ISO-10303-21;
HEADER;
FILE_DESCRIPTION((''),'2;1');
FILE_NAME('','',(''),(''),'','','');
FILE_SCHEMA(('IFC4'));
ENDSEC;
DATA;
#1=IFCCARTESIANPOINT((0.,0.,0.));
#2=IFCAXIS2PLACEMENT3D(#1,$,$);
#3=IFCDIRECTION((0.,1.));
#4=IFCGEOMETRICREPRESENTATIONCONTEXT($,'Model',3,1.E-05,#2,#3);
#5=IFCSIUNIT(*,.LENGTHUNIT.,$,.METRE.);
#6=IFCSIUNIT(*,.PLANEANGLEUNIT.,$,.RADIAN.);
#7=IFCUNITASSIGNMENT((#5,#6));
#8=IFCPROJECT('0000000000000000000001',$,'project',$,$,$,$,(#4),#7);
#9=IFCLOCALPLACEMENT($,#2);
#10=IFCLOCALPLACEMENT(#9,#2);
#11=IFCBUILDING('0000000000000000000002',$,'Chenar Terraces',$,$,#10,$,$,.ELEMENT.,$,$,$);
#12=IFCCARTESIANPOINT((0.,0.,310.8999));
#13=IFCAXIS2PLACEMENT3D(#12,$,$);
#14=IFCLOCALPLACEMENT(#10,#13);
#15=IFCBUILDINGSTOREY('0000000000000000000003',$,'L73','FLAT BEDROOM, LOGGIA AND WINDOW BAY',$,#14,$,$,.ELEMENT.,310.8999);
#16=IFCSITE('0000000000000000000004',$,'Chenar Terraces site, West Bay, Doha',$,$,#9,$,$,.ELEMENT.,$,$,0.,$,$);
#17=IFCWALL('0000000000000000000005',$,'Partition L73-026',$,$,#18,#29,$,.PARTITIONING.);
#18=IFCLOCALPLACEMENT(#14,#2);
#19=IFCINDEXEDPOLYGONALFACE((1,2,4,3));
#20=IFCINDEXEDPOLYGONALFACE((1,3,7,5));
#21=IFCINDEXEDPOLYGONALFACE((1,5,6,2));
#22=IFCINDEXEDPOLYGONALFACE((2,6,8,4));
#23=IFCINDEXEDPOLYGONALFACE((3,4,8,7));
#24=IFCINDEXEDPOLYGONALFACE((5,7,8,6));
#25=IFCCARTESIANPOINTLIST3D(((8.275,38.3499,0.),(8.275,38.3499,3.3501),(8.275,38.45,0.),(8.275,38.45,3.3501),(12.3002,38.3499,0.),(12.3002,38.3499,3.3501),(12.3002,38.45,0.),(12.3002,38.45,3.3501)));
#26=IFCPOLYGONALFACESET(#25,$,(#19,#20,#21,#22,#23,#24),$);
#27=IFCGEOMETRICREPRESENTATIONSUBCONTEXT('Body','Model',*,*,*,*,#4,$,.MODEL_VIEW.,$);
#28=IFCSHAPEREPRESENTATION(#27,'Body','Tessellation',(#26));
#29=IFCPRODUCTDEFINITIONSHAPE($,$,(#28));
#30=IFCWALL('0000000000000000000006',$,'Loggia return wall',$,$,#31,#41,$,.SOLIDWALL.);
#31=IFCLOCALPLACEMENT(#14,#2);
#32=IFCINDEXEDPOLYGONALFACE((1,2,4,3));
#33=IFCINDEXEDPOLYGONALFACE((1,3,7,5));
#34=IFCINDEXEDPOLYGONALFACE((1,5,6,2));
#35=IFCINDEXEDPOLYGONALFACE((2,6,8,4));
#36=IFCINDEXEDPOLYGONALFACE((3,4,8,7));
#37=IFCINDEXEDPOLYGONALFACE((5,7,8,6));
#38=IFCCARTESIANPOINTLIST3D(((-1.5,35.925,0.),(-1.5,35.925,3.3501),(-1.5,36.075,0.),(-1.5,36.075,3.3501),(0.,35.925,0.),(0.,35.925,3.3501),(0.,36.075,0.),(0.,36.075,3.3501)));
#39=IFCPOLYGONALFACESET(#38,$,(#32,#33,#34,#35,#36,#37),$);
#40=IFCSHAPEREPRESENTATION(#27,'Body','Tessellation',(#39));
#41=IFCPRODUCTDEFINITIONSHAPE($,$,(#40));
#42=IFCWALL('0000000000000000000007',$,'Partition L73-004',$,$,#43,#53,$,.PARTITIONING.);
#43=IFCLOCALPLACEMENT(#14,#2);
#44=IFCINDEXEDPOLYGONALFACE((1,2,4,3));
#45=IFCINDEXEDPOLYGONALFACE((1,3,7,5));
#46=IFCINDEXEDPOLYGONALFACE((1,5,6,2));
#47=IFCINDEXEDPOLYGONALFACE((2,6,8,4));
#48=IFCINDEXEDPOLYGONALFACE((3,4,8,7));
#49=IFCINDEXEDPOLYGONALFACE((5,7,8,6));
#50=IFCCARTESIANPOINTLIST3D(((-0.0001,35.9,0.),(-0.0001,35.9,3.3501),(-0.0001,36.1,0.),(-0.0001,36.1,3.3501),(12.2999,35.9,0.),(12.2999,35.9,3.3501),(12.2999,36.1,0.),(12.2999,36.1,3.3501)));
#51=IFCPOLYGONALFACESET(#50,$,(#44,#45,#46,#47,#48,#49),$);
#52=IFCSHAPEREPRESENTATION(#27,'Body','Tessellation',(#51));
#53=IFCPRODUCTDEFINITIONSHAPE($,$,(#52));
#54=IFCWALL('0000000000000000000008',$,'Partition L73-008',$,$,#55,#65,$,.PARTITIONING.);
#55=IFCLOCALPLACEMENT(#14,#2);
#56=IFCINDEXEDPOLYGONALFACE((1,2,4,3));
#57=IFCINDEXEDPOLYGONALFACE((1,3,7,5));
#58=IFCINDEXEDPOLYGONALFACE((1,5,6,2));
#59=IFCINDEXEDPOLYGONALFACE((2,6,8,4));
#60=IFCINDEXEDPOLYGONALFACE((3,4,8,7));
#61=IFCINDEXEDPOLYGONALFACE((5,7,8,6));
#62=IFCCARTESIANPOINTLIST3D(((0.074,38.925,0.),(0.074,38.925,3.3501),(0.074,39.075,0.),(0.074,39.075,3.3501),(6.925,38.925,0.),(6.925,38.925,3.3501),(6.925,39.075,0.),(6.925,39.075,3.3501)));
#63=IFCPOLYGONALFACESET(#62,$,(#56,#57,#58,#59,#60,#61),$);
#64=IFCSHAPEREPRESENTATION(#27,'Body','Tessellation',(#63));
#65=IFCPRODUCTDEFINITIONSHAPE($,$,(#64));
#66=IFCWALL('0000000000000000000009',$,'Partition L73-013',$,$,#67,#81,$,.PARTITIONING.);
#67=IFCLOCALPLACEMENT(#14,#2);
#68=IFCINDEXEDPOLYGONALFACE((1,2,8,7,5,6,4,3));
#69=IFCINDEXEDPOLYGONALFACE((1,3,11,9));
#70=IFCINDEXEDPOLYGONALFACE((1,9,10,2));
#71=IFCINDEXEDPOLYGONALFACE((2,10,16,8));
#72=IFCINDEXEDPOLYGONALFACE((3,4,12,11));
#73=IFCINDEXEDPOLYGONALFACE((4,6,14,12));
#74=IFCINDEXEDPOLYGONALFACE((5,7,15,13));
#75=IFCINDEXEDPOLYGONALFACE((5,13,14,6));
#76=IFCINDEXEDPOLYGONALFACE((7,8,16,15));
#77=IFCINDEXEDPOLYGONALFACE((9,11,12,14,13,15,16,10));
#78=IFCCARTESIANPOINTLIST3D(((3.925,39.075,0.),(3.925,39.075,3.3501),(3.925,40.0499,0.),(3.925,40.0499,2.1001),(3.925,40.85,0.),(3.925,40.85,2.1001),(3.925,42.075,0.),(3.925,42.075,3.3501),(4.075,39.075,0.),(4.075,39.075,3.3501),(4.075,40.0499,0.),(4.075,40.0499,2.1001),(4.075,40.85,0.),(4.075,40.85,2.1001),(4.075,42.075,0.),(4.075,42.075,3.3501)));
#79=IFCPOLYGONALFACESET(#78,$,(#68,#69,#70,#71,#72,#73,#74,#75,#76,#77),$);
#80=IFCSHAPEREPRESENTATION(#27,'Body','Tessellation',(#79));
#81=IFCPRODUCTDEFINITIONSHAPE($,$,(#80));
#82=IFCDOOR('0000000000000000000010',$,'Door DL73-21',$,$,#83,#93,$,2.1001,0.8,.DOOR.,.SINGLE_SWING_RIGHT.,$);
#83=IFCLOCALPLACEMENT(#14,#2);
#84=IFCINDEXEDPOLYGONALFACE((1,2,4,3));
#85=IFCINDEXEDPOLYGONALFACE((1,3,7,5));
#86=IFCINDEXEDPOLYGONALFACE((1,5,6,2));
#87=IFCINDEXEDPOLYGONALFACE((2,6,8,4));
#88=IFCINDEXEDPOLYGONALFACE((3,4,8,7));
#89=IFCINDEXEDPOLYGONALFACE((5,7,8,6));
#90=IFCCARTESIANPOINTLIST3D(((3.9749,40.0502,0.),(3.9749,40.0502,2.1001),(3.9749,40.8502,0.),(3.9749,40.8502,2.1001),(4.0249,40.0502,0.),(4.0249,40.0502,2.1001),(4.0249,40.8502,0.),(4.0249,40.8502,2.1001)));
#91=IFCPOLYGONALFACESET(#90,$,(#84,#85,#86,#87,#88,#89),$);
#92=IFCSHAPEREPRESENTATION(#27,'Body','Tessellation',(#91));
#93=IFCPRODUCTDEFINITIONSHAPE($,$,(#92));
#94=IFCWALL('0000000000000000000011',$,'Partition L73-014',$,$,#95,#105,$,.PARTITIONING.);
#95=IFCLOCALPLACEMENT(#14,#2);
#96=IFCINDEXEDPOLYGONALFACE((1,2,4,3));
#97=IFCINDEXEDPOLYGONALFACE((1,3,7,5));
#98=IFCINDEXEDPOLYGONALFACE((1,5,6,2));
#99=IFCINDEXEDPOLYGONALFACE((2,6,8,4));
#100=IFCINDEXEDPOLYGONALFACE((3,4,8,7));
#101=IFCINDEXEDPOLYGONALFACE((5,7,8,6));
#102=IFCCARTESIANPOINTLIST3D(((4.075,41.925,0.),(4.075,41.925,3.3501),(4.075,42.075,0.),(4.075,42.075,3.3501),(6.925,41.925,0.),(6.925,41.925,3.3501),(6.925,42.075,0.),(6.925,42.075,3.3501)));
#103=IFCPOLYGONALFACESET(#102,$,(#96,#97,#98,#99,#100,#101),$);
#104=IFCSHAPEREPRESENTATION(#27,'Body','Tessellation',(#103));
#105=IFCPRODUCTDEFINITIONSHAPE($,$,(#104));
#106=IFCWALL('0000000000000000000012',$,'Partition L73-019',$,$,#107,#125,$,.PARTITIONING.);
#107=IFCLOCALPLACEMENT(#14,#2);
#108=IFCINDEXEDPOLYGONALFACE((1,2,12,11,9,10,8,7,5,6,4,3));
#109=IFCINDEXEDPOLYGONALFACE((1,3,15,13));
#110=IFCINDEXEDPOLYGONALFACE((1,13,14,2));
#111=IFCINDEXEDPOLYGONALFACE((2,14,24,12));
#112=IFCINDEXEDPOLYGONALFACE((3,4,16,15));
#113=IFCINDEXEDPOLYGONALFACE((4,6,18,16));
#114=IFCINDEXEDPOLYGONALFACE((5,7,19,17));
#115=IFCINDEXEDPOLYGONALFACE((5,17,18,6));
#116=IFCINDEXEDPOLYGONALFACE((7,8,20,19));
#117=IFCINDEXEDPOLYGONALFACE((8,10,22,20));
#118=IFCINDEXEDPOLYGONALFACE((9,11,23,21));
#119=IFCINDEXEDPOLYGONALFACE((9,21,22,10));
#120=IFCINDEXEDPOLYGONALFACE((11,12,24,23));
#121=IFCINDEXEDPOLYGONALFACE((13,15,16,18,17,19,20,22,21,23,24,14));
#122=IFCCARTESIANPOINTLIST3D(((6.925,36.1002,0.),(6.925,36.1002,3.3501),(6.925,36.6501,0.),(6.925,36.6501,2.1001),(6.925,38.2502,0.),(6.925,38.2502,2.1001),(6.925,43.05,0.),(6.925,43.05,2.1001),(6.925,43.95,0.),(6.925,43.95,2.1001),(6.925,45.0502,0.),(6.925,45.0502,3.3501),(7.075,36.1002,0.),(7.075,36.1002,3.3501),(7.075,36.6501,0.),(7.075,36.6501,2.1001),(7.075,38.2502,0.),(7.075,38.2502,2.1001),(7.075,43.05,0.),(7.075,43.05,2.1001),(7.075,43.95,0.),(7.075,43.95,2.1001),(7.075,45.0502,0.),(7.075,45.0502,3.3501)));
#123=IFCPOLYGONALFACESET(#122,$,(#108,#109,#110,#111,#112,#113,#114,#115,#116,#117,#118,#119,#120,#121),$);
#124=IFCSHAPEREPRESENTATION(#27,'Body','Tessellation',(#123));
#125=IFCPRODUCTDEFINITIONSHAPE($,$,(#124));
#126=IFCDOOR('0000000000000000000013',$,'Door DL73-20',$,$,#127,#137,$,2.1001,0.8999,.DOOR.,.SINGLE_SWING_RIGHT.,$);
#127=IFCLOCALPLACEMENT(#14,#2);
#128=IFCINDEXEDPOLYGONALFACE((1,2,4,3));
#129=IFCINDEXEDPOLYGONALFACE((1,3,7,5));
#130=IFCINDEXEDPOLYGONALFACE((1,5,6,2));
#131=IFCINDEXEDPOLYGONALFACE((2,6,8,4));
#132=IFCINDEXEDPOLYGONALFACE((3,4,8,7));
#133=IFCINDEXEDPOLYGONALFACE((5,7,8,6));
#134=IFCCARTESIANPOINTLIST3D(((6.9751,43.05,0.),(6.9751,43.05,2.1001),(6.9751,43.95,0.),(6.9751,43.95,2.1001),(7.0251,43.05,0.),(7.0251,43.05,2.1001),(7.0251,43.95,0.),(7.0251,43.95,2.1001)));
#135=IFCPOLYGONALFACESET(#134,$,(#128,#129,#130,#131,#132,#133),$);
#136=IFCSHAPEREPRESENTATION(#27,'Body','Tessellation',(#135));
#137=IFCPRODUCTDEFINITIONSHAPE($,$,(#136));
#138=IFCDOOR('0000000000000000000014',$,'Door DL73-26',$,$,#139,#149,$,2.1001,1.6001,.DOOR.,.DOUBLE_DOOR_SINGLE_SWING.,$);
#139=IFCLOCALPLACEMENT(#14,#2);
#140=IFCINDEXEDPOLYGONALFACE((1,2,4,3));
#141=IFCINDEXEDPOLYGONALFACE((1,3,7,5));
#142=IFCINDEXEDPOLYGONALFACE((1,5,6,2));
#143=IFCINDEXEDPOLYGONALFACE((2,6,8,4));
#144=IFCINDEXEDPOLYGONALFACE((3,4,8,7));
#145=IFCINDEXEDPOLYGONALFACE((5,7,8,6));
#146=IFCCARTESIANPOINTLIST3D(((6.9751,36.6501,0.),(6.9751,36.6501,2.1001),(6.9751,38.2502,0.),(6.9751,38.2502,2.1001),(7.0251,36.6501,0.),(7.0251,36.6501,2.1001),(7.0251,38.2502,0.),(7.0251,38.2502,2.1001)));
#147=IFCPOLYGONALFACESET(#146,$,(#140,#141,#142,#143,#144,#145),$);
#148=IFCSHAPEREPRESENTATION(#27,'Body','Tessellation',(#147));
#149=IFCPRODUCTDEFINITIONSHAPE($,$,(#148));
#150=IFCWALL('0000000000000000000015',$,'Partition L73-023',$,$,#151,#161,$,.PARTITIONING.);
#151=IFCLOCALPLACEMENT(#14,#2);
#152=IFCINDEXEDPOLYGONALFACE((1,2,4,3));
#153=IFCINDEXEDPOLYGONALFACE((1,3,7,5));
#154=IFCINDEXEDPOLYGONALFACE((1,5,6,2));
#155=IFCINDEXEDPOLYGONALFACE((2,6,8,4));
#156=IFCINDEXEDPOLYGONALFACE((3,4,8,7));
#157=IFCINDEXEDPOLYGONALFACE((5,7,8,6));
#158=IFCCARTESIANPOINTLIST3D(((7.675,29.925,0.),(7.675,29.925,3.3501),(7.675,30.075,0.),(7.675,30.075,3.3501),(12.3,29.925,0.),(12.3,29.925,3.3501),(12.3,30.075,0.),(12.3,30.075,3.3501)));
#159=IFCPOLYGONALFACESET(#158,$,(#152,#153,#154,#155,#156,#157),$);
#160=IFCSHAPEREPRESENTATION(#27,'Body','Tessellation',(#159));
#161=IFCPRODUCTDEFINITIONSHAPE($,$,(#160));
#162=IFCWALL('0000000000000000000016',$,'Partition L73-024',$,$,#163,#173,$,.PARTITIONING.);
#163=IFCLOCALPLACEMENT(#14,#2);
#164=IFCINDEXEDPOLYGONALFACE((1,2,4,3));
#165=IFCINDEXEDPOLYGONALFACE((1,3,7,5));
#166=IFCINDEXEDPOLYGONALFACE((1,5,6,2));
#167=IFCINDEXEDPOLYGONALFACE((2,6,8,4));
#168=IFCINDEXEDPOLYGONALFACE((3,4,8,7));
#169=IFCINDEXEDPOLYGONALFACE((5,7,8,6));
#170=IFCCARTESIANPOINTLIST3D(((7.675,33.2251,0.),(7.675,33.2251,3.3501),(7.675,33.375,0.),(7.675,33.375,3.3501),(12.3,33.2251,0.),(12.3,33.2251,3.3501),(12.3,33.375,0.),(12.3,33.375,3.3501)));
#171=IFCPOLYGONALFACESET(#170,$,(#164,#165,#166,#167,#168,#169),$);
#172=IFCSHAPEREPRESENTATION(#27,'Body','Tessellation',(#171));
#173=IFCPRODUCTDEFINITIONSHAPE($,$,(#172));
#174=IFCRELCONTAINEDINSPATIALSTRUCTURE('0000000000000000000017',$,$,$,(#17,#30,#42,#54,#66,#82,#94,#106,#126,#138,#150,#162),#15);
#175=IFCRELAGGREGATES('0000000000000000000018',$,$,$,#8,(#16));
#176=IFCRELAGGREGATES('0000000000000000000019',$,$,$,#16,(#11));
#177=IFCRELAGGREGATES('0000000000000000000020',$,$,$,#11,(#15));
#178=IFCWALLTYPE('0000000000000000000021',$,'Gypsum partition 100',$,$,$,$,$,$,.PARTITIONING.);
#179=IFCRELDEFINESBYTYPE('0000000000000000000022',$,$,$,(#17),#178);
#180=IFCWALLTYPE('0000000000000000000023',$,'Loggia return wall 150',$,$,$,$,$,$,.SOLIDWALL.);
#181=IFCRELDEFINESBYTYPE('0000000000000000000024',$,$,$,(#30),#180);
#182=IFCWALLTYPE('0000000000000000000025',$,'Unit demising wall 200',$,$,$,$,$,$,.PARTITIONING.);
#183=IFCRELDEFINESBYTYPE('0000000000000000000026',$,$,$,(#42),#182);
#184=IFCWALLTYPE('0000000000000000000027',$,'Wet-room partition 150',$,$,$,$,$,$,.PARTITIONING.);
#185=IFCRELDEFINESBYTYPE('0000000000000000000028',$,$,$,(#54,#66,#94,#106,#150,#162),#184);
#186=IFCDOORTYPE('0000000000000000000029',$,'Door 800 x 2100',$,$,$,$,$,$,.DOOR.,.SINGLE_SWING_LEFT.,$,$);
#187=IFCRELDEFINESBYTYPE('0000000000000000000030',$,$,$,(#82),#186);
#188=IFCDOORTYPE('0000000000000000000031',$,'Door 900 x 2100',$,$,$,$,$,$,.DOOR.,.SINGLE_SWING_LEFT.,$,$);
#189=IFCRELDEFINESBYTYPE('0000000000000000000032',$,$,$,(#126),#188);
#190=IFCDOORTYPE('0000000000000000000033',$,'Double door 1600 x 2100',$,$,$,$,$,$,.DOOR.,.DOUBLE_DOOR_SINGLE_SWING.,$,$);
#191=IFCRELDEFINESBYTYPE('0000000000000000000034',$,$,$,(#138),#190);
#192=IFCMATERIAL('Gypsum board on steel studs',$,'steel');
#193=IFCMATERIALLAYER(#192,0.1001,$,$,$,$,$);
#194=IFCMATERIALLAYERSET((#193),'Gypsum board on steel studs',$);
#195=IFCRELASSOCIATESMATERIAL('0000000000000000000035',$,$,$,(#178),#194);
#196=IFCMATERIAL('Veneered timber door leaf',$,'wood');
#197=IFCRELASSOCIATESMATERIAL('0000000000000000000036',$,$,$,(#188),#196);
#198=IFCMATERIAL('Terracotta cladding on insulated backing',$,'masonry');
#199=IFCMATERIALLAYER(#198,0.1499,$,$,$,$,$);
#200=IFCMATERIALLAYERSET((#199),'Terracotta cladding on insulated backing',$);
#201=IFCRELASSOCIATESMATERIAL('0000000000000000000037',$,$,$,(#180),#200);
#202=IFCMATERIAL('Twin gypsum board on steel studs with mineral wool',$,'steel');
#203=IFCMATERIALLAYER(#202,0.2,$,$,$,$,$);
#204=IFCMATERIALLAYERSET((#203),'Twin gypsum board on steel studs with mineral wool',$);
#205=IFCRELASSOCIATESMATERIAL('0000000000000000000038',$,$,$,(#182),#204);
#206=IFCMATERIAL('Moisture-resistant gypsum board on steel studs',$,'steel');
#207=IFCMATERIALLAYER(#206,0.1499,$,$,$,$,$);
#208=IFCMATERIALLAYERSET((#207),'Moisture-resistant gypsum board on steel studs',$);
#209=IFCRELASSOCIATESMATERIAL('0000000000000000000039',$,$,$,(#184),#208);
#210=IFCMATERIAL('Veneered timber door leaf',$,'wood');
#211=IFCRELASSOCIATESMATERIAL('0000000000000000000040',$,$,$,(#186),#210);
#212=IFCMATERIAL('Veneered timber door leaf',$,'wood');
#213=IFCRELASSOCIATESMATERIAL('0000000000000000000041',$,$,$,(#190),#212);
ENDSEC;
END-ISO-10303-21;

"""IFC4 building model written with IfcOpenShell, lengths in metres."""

from ifc_helpers import new_model, si_unit, direction, frame, frame_2d, origin, place, context, subcontext, project, spatial, rectangle, extrude, material, layer, layer_set, type_object, element, fill, save


model = new_model("IFC4")

# Units and contexts
model_context = context("Model", 3, precision=1e-05, world=origin(), true_north=direction((0.0, 1.0)))
body_context = subcontext(model_context, "Body", "Model", "MODEL_VIEW")
ifc_project = project(units=[si_unit("LENGTHUNIT", "METRE"), si_unit("PLANEANGLEUNIT", "RADIAN")], contexts=[model_context])

# Site, building, storey
site_placement = place(None, origin())
site = spatial("IfcSite", under=ifc_project, at=site_placement, Name="Chenar Terraces site, West Bay, Doha", CompositionType="ELEMENT", RefElevation=0.0)
building_placement = place(site_placement, origin())
building = spatial("IfcBuilding", under=site, at=building_placement, Name="Chenar Terraces", CompositionType="ELEMENT")
storey_placement = place(building_placement, frame((0.0, 0.0, 310.8999)))
storey = spatial("IfcBuildingStorey", under=building, at=storey_placement, Name="L73", Description="FLAT BEDROOM, LOGGIA AND WINDOW BAY", CompositionType="ELEMENT", Elevation=310.8999)

# Shared definitions
placement = place(storey_placement, frame((0.0, 36.0, 0.0), z_axis=(0.0, 0.0, 1.0), x_axis=(1.0, 0.0, 0.0)))

# Shared definitions
ifc_material_1 = material(Name="Gypsum board on steel studs", Category="steel")
ifc_layer_1 = layer(ifc_material_1, 0.1001)
ifc_layer_set_1 = layer_set([ifc_layer_1], Name="Gypsum board on steel studs")
wall_type_1 = type_object("IfcWallType", Name="Gypsum partition 100", PredefinedType="PARTITIONING", material=ifc_layer_set_1)
ifc_material_2 = material(Name="Veneered timber door leaf", Category="wood")
door_type_1 = type_object("IfcDoorType", Name="Door 900 x 2100", OperationType="SINGLE_SWING_LEFT", PredefinedType="DOOR", material=ifc_material_2)

# Walls
wall_1_placement = place(storey_placement, frame((8.2749, 38.3999, 0.0), z_axis=(0.0, 0.0, 1.0), x_axis=(1.0, 0.0, 0.0)))
element("IfcWall", 1, at=wall_1_placement, inside=storey, type_object=wall_type_1, Name="Partition L73-026", PredefinedType="PARTITIONING", context=body_context, shape_type="SweptSolid", body=[
    extrude(rectangle(XDim=4.0251, YDim=0.1001, at=frame_2d((2.0127, 0.0))), origin(), (0.0, 0.0, 1.0), 3.3501),
])
ifc_material_3 = material(Name="Terracotta cladding on insulated backing", Category="masonry")
ifc_layer_2 = layer(ifc_material_3, 0.1499)
ifc_layer_set_2 = layer_set([ifc_layer_2], Name="Terracotta cladding on insulated backing")
wall_type_2 = type_object("IfcWallType", Name="Loggia return wall 150", PredefinedType="SOLIDWALL", material=ifc_layer_set_2)
wall_2_placement = place(storey_placement, frame((-1.5, 36.0, 0.0), z_axis=(0.0, 0.0, 1.0), x_axis=(1.0, 0.0, 0.0)))
element("IfcWall", 2, at=wall_2_placement, inside=storey, type_object=wall_type_2, Name="Loggia return wall", PredefinedType="SOLIDWALL", context=body_context, shape_type="SweptSolid", body=[
    extrude(rectangle(XDim=1.5, YDim=0.1499, at=frame_2d((0.75, 0.0))), origin(), (0.0, 0.0, 1.0), 3.3501),
])
ifc_material_4 = material(Name="Twin gypsum board on steel studs with mineral wool", Category="steel")
ifc_layer_3 = layer(ifc_material_4, 0.2)
ifc_layer_set_3 = layer_set([ifc_layer_3], Name="Twin gypsum board on steel studs with mineral wool")
wall_type_3 = type_object("IfcWallType", Name="Unit demising wall 200", PredefinedType="PARTITIONING", material=ifc_layer_set_3)
element("IfcWall", 3, at=placement, inside=storey, type_object=wall_type_3, Name="Partition L73-004", PredefinedType="PARTITIONING", context=body_context, shape_type="SweptSolid", body=[
    extrude(rectangle(XDim=12.3, YDim=0.2, at=frame_2d((6.1499, 0.0))), origin(), (0.0, 0.0, 1.0), 3.3501),
])
ifc_material_5 = material(Name="Moisture-resistant gypsum board on steel studs", Category="steel")
ifc_layer_4 = layer(ifc_material_5, 0.1499)
ifc_layer_set_4 = layer_set([ifc_layer_4], Name="Moisture-resistant gypsum board on steel studs")
wall_type_4 = type_object("IfcWallType", Name="Wet-room partition 150", PredefinedType="PARTITIONING", material=ifc_layer_set_4)
wall_3_placement = place(storey_placement, frame((0.074, 39.0, 0.0), z_axis=(0.0, 0.0, 1.0), x_axis=(1.0, 0.0, 0.0)))
element("IfcWall", 4, at=wall_3_placement, inside=storey, type_object=wall_type_4, Name="Partition L73-008", PredefinedType="PARTITIONING", context=body_context, shape_type="SweptSolid", body=[
    extrude(rectangle(XDim=6.8511, YDim=0.1499, at=frame_2d((3.4255, 0.0))), origin(), (0.0, 0.0, 1.0), 3.3501),
])

# Wall, opening, door
wall_4_placement = place(storey_placement, frame((4.0, 39.075, 0.0), z_axis=(0.0, 0.0, 1.0), x_axis=(0.0, 1.0, 0.0)))
wall_4 = element("IfcWall", 5, at=wall_4_placement, inside=storey, type_object=wall_type_4, Name="Partition L73-013", PredefinedType="PARTITIONING", context=body_context, shape_type="SweptSolid", body=[
    extrude(rectangle(XDim=3.0, YDim=0.1499, at=frame_2d((1.5, 0.0))), origin(), (0.0, 0.0, 1.0), 3.3501),
])
opening_1_placement = place(wall_4_placement, frame((0.9751, 0.0, 0.0)))
opening_1 = element("IfcOpeningElement", 6, at=opening_1_placement, cuts=wall_4, PredefinedType="OPENING", context=body_context, shape_type="SweptSolid", body=[
    extrude(rectangle(XDim=0.8, YDim=2.1001, at=frame_2d((0.3999, 1.05))), frame((0.0, 0.085, 0.0), z_axis=(0.0, -1.0, 0.0), x_axis=(1.0, 0.0, 0.0)), (0.0, 0.0, 1.0), 0.1699),
])
ifc_material_6 = material(Name="Veneered timber door leaf", Category="wood")
door_type_2 = type_object("IfcDoorType", Name="Door 800 x 2100", OperationType="SINGLE_SWING_LEFT", PredefinedType="DOOR", material=ifc_material_6)
door_1_placement = place(opening_1_placement, frame((0.8, 0.0, 0.0), z_axis=(0.0, 0.0, 1.0), x_axis=(-1.0, 0.0, 0.0)))
door_1 = element("IfcDoor", 7, at=door_1_placement, inside=storey, type_object=door_type_2, Name="Door DL73-21", OperationType="SINGLE_SWING_RIGHT", OverallHeight=2.1001, OverallWidth=0.8, PredefinedType="DOOR", context=body_context, shape_type="SweptSolid", body=[
    extrude(rectangle(XDim=0.8, YDim=2.1001, at=frame_2d((0.3999, 1.05))), frame((0.0, 0.0249, 0.0), z_axis=(0.0, -1.0, 0.0), x_axis=(1.0, 0.0, 0.0)), (0.0, 0.0, 1.0), 0.05),
])
fill(opening_1, door_1)

# Wall
wall_5_placement = place(storey_placement, frame((4.075, 42.0, 0.0), z_axis=(0.0, 0.0, 1.0), x_axis=(1.0, 0.0, 0.0)))
element("IfcWall", 8, at=wall_5_placement, inside=storey, type_object=wall_type_4, Name="Partition L73-014", PredefinedType="PARTITIONING", context=body_context, shape_type="SweptSolid", body=[
    extrude(rectangle(XDim=2.8501, YDim=0.1499, at=frame_2d((1.425, 0.0))), origin(), (0.0, 0.0, 1.0), 3.3501),
])

# Wall, openings, doors
wall_6_placement = place(storey_placement, frame((7.0, 36.1001, 0.0), z_axis=(0.0, 0.0, 1.0), x_axis=(0.0, 1.0, 0.0)))
wall_6 = element("IfcWall", 9, at=wall_6_placement, inside=storey, type_object=wall_type_4, Name="Partition L73-019", PredefinedType="PARTITIONING", context=body_context, shape_type="SweptSolid", body=[
    extrude(rectangle(XDim=8.95, YDim=0.1499, at=frame_2d((4.4751, 0.0))), origin(), (0.0, 0.0, 1.0), 3.3501),
])
opening_2_placement = place(wall_6_placement, frame((6.95, 0.0, 0.0)))
opening_2 = element("IfcOpeningElement", 10, at=opening_2_placement, cuts=wall_6, PredefinedType="OPENING", context=body_context, shape_type="SweptSolid", body=[
    extrude(rectangle(XDim=0.8999, YDim=2.1001, at=frame_2d((0.45, 1.05))), frame((0.0, 0.085, 0.0), z_axis=(0.0, -1.0, 0.0), x_axis=(1.0, 0.0, 0.0)), (0.0, 0.0, 1.0), 0.1699),
])
opening_3_placement = place(wall_6_placement, frame((0.55, 0.0, 0.0)))
opening_3 = element("IfcOpeningElement", 11, at=opening_3_placement, cuts=wall_6, PredefinedType="OPENING", context=body_context, shape_type="SweptSolid", body=[
    extrude(rectangle(XDim=1.6001, YDim=2.1001, at=frame_2d((0.8, 1.05))), frame((0.0, 0.085, 0.0), z_axis=(0.0, -1.0, 0.0), x_axis=(1.0, 0.0, 0.0)), (0.0, 0.0, 1.0), 0.1699),
])
door_2_placement = place(opening_2_placement, origin())
door_2 = element("IfcDoor", 12, at=door_2_placement, inside=storey, type_object=door_type_1, Name="Door DL73-20", OperationType="SINGLE_SWING_RIGHT", OverallHeight=2.1001, OverallWidth=0.8999, PredefinedType="DOOR", context=body_context, shape_type="SweptSolid", body=[
    extrude(rectangle(XDim=0.8999, YDim=2.1001, at=frame_2d((0.45, 1.05))), frame((0.0, 0.0249, 0.0), z_axis=(0.0, -1.0, 0.0), x_axis=(1.0, 0.0, 0.0)), (0.0, 0.0, 1.0), 0.05),
])
fill(opening_2, door_2)
ifc_material_7 = material(Name="Veneered timber door leaf", Category="wood")
door_type_3 = type_object("IfcDoorType", Name="Double door 1600 x 2100", OperationType="DOUBLE_DOOR_SINGLE_SWING", PredefinedType="DOOR", material=ifc_material_7)
door_3_placement = place(opening_3_placement, origin())
door_3 = element("IfcDoor", 13, at=door_3_placement, inside=storey, type_object=door_type_3, Name="Door DL73-26", OperationType="DOUBLE_DOOR_SINGLE_SWING", OverallHeight=2.1001, OverallWidth=1.6001, PredefinedType="DOOR", context=body_context, shape_type="SweptSolid", body=[
    extrude(rectangle(XDim=1.6001, YDim=2.1001, at=frame_2d((0.8, 1.05))), frame((0.0, 0.0249, 0.0), z_axis=(0.0, -1.0, 0.0), x_axis=(1.0, 0.0, 0.0)), (0.0, 0.0, 1.0), 0.05),
])
fill(opening_3, door_3)

# Walls
for number, where, z_axis, x_axis, name in (
    (14, (7.675, 30.0, 0.0), (0.0, 0.0, 1.0), (1.0, 0.0, 0.0), "Partition L73-023"),
    (15, (7.675, 33.3, 0.0), (0.0, 0.0, 1.0), (1.0, 0.0, 0.0), "Partition L73-024"),
):
    element("IfcWall", number, at=place(storey_placement, frame(where, z_axis=z_axis, x_axis=x_axis)), inside=storey, type_object=wall_type_4, Name=name, PredefinedType="PARTITIONING", context=body_context, shape_type="SweptSolid", body=[
        extrude(rectangle(XDim=4.625, YDim=0.1499, at=frame_2d((2.3125, 0.0))), origin(), (0.0, 0.0, 1.0), 3.3501),
    ])

save(model, "model.ifc")
